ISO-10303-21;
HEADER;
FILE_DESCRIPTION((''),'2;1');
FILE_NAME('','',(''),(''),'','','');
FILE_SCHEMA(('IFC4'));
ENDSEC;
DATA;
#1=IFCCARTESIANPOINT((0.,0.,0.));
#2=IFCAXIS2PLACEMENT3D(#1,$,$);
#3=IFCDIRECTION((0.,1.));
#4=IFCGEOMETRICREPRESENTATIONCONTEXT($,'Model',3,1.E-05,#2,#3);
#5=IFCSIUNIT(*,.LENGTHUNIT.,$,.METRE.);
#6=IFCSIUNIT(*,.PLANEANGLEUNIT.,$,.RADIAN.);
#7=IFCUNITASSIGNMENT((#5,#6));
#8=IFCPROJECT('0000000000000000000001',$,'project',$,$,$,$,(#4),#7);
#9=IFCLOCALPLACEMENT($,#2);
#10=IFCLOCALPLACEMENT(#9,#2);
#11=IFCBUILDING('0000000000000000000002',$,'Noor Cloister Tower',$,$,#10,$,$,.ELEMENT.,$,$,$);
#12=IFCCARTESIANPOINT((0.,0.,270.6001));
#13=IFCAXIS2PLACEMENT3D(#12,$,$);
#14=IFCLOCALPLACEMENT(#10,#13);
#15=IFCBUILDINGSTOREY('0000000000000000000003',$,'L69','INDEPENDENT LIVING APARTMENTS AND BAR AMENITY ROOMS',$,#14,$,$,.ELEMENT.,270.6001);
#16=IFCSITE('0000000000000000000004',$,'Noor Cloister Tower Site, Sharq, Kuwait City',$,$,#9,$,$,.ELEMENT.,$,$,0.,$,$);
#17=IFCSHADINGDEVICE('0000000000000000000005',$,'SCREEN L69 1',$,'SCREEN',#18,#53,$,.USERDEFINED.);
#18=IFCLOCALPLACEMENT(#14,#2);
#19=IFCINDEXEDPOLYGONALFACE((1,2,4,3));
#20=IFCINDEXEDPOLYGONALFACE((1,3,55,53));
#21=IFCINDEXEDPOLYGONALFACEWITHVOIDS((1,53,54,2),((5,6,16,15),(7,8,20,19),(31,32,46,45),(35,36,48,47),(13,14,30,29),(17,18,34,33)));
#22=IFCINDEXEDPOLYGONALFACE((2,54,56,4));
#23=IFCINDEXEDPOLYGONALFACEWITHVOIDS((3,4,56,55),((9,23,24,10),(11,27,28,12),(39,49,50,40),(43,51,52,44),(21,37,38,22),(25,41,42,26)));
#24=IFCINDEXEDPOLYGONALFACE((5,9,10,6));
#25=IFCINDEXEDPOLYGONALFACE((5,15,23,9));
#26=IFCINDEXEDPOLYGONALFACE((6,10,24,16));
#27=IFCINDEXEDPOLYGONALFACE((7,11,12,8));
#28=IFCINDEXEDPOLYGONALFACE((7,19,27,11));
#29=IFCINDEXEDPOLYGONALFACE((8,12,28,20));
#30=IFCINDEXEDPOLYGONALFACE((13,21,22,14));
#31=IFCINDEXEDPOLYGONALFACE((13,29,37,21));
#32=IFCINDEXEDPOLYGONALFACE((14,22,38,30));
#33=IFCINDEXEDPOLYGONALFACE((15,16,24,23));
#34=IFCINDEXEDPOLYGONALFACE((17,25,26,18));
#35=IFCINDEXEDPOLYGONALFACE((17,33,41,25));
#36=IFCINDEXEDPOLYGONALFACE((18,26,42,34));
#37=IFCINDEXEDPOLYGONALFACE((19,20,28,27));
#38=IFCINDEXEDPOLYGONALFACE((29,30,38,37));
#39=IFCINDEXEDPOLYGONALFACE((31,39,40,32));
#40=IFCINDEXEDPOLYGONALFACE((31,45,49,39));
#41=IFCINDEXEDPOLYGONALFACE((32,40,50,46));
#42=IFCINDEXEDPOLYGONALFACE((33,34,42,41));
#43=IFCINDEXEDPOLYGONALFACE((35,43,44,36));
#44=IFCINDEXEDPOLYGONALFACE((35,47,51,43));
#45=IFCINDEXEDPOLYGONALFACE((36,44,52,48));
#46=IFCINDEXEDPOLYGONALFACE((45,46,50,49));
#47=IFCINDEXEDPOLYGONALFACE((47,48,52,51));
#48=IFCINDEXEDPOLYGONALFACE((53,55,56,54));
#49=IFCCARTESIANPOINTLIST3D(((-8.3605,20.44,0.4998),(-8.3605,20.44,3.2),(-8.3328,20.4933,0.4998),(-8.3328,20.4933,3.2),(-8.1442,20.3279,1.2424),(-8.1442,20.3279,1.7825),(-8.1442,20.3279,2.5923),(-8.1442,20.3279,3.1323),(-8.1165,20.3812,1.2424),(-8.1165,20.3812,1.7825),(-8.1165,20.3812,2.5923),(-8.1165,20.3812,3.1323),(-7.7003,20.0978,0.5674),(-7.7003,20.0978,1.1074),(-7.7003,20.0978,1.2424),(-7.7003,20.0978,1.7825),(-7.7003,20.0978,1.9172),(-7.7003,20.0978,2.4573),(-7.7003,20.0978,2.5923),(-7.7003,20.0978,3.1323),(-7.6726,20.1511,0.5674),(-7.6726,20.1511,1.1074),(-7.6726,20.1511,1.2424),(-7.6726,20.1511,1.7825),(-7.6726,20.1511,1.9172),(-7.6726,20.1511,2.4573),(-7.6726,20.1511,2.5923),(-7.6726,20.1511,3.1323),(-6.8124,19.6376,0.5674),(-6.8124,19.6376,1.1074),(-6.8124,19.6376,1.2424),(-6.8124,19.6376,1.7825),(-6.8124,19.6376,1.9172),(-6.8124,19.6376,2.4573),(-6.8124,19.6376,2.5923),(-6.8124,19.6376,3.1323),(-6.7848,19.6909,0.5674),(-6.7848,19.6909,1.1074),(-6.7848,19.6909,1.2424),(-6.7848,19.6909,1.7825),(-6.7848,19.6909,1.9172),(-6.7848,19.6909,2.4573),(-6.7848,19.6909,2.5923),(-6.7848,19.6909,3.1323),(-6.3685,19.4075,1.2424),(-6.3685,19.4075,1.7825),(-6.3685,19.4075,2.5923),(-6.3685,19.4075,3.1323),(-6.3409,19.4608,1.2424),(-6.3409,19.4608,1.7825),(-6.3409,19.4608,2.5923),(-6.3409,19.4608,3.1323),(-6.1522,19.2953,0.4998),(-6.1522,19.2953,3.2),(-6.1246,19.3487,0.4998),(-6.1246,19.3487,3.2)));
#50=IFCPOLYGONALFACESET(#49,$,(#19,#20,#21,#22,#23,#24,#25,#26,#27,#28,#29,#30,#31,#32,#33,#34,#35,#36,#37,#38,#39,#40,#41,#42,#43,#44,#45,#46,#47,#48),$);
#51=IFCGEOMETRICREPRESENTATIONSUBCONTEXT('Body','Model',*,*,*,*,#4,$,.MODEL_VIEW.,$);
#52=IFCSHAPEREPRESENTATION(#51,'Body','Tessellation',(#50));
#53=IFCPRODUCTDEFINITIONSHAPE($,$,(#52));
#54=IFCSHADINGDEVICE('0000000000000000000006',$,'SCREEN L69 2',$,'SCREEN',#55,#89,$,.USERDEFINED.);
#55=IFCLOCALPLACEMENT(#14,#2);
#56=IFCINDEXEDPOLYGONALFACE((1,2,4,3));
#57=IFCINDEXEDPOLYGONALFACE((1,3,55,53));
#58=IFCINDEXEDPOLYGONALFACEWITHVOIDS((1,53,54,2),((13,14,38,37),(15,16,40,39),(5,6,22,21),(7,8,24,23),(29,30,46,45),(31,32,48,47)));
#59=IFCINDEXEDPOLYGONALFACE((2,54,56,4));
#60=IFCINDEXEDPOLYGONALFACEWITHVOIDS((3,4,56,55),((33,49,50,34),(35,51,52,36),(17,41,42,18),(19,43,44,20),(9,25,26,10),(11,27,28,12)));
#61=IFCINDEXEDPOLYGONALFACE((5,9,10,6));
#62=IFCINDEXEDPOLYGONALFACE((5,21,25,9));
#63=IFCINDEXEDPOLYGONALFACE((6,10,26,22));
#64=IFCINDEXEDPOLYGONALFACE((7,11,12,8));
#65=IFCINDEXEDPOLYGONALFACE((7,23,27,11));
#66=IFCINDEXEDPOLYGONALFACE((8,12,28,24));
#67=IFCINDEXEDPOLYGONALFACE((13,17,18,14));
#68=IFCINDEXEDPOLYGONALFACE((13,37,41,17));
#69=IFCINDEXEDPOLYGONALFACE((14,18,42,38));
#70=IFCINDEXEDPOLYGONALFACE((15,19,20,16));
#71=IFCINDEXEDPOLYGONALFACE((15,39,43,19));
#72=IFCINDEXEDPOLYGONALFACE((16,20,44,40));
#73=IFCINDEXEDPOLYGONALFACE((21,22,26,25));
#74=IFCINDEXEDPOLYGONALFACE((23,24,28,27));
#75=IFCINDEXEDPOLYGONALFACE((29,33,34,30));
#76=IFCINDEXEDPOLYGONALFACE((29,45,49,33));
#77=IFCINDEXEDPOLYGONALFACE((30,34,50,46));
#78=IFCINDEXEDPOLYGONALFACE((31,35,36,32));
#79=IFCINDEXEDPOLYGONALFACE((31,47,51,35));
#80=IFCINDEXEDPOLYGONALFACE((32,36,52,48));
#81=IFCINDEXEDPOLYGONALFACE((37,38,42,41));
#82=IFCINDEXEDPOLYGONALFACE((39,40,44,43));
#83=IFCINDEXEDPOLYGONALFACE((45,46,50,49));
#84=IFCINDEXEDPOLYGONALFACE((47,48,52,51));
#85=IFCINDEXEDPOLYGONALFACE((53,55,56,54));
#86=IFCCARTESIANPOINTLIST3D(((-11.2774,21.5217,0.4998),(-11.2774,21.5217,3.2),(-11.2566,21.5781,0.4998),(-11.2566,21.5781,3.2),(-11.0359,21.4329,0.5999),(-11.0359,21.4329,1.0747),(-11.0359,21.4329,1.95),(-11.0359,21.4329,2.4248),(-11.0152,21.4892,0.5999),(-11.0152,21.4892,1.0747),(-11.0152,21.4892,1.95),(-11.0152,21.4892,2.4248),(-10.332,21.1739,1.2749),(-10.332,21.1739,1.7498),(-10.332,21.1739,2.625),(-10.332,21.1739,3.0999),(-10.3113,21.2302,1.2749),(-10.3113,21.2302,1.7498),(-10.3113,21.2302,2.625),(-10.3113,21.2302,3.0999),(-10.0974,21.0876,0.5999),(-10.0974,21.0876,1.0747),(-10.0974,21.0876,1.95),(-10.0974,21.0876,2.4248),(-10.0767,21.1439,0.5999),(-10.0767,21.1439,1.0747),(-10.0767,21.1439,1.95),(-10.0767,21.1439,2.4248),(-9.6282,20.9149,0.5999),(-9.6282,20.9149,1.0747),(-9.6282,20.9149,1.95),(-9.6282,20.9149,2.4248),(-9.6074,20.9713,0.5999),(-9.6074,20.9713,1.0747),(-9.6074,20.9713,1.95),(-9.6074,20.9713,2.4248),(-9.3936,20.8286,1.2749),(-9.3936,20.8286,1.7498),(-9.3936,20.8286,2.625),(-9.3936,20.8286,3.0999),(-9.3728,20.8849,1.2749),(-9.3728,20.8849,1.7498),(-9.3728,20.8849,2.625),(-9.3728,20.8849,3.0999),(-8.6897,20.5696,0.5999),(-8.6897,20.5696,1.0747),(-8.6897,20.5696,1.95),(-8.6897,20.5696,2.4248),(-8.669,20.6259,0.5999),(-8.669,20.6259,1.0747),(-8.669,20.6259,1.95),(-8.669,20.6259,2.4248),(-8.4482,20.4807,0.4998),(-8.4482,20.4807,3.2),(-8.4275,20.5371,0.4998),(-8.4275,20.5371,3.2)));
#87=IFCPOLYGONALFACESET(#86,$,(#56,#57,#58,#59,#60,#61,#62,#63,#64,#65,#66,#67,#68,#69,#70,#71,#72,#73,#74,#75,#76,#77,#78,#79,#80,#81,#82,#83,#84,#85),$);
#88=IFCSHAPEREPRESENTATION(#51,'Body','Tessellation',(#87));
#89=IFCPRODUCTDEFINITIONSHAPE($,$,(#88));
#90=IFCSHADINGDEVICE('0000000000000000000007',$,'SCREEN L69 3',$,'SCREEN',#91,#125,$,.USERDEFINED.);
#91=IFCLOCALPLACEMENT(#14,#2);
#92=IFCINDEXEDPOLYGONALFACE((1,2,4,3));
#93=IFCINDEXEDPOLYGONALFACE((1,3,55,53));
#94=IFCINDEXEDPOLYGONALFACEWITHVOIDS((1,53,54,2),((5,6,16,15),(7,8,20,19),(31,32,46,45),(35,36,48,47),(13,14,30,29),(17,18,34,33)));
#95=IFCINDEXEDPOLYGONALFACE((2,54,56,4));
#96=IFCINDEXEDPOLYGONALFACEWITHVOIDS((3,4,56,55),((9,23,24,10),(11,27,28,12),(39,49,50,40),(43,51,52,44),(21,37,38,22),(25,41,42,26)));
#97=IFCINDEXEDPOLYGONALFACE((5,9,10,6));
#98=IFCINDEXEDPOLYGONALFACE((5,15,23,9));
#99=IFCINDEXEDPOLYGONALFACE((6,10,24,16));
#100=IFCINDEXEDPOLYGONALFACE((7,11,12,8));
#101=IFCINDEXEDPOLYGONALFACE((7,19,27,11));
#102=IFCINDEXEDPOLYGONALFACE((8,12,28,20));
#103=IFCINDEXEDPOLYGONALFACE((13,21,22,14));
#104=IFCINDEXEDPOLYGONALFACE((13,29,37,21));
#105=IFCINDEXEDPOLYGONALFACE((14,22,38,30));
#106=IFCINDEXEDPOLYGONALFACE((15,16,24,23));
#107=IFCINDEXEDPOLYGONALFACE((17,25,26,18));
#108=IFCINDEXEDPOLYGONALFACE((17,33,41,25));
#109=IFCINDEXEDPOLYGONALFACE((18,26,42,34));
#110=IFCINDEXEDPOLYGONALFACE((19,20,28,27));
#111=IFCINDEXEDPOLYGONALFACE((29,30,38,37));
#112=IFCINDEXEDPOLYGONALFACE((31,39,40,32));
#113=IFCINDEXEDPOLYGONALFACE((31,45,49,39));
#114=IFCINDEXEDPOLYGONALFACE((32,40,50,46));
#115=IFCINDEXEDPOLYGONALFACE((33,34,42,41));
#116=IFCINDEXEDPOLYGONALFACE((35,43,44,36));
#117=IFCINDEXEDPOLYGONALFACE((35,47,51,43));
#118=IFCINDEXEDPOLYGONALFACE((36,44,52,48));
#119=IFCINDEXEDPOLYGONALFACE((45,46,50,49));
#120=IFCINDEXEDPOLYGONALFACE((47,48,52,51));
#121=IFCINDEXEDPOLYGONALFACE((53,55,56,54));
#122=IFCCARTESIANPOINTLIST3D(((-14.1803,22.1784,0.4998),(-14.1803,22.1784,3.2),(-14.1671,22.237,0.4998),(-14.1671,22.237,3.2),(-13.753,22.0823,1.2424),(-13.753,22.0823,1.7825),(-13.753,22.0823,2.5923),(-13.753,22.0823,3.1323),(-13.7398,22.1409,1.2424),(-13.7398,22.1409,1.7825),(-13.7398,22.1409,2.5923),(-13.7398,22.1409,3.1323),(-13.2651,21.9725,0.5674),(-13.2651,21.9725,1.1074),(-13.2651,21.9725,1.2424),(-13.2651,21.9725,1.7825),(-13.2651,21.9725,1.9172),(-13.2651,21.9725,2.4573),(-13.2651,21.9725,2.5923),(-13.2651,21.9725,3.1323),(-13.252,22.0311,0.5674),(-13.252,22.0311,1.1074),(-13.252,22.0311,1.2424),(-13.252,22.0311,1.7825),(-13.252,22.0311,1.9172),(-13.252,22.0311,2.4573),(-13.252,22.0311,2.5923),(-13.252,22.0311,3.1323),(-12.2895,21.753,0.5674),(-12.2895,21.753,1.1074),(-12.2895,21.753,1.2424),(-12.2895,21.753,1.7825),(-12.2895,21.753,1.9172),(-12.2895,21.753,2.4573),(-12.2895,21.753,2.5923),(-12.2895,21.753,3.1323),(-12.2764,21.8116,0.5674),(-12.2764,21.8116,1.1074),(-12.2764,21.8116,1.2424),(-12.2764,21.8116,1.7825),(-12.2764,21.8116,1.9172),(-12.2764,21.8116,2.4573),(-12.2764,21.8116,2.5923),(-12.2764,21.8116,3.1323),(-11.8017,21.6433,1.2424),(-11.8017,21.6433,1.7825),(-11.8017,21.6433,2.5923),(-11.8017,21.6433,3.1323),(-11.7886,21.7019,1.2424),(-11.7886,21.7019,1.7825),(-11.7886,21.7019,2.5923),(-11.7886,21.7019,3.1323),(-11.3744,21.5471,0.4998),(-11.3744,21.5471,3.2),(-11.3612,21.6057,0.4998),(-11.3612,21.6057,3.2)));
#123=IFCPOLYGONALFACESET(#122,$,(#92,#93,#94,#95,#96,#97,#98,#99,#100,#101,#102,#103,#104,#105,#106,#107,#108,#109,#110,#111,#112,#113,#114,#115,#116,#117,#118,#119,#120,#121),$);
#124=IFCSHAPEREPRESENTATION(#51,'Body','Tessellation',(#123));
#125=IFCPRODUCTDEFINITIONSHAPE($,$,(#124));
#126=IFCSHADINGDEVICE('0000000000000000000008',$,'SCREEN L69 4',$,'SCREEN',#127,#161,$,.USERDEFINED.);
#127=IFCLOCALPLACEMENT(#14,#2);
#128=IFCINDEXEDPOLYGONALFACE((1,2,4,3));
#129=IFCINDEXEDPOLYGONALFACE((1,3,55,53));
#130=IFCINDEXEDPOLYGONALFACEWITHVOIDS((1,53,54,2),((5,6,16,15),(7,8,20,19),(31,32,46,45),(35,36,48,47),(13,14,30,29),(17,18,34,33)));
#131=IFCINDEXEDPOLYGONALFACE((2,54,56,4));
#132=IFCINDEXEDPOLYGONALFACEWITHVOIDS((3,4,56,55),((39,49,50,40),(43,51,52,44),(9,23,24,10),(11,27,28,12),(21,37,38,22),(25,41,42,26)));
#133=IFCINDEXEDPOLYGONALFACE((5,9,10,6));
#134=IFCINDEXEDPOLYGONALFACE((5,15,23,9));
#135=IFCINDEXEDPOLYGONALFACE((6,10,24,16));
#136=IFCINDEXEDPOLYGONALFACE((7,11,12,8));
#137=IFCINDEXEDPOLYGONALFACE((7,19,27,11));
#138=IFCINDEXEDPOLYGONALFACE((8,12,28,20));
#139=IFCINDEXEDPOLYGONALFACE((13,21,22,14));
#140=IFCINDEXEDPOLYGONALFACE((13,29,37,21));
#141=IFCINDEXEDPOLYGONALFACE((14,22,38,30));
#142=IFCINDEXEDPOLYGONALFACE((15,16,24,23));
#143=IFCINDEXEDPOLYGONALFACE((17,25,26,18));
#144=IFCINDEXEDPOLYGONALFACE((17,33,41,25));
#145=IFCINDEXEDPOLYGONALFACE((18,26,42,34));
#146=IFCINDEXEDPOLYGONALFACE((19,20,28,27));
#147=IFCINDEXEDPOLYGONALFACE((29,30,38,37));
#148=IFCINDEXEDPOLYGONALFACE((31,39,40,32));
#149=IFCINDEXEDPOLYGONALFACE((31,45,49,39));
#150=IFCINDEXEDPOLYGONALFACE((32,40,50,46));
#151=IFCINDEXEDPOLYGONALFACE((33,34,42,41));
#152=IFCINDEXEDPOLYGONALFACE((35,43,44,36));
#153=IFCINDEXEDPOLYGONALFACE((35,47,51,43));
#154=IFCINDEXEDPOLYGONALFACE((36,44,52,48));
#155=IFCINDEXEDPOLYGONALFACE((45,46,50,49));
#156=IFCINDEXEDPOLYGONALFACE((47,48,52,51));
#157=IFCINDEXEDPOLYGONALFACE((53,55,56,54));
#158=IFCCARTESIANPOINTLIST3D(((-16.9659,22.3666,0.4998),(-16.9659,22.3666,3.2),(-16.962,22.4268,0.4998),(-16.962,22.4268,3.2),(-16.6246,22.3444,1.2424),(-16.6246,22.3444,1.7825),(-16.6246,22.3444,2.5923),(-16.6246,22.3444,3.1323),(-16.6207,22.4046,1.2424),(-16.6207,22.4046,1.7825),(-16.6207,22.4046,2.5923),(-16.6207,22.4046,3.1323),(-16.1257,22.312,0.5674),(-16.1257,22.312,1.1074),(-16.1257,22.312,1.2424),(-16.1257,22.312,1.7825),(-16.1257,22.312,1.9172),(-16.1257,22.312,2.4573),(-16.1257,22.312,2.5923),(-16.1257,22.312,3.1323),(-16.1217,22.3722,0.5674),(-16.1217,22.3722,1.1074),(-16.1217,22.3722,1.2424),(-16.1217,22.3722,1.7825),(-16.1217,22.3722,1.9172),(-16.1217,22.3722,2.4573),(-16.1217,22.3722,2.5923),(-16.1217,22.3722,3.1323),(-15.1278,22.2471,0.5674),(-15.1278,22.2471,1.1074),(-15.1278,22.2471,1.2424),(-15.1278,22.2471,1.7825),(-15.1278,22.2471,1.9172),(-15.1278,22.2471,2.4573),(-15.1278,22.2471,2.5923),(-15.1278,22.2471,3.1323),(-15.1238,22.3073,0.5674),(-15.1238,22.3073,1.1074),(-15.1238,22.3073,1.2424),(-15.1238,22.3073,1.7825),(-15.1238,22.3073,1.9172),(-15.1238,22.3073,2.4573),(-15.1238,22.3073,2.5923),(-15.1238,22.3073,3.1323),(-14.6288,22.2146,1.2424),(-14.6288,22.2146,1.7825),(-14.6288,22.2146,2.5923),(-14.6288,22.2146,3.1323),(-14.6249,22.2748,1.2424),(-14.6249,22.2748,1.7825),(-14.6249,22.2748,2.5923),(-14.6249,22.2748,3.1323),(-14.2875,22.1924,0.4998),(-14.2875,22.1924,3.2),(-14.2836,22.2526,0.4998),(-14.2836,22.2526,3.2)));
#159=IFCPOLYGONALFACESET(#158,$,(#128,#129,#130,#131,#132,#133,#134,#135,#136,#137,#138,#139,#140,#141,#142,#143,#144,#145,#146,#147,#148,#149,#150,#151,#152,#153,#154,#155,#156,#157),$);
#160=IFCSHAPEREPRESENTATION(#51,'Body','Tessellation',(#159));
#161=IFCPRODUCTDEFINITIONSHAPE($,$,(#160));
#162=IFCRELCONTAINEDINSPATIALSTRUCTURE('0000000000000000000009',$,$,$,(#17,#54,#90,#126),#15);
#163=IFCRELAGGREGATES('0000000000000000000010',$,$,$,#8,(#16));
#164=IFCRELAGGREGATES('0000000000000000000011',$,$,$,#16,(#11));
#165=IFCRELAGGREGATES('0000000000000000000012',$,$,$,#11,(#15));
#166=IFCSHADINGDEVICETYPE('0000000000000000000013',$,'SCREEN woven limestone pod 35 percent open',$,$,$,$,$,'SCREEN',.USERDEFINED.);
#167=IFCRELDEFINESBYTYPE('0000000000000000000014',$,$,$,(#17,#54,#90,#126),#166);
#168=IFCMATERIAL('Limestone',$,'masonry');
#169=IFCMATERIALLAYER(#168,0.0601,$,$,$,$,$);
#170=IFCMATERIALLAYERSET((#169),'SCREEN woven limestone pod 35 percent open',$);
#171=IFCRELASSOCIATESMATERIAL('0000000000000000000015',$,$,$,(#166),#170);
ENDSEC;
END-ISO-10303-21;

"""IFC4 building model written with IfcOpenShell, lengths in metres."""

from ifc_helpers import new_model, si_unit, direction, frame, origin, place, context, subcontext, project, spatial, polyline, outline, extrude, material, layer, layer_set, type_object, element, save


model = new_model("IFC4")

# Units and contexts
model_context = context("Model", 3, precision=1e-05, world=origin(), true_north=direction((0.0, 1.0)))
body_context = subcontext(model_context, "Body", "Model", "MODEL_VIEW")
ifc_project = project(units=[si_unit("LENGTHUNIT", "METRE"), si_unit("PLANEANGLEUNIT", "RADIAN")], contexts=[model_context])

# Site, building, storey
site_placement = place(None, origin())
site = spatial("IfcSite", under=ifc_project, at=site_placement, Name="Noor Cloister Tower Site, Sharq, Kuwait City", CompositionType="ELEMENT", RefElevation=0.0)
building_placement = place(site_placement, origin())
building = spatial("IfcBuilding", under=site, at=building_placement, Name="Noor Cloister Tower", CompositionType="ELEMENT")
storey_placement = place(building_placement, frame((0.0, 0.0, 270.6001)))
storey = spatial("IfcBuildingStorey", under=building, at=storey_placement, Name="L69", Description="INDEPENDENT LIVING APARTMENTS AND BAR AMENITY ROOMS", CompositionType="ELEMENT", Elevation=270.6001)

# Shading devices
ifc_material_1 = material(Name="Limestone", Category="masonry")
ifc_layer_1 = layer(ifc_material_1, 0.0601)
ifc_layer_set_1 = layer_set([ifc_layer_1], Name="SCREEN woven limestone pod 35 percent open")
shading_device_type = type_object("IfcShadingDeviceType", Name="SCREEN woven limestone pod 35 percent open", ElementType="SCREEN", PredefinedType="USERDEFINED", material=ifc_layer_set_1)
shading_device_1_placement = place(storey_placement, frame((-7.2563, 19.8677, 1.8499), z_axis=(0.460198, 0.887816, 0.0), x_axis=(-0.887816, 0.460198, 0.0)))
element("IfcShadingDevice", 1, at=shading_device_1_placement, inside=storey, type_object=shading_device_type, Name="SCREEN L69 1", ObjectType="SCREEN", PredefinedType="USERDEFINED", context=body_context, shape_type="SweptSolid", body=[
    extrude(outline(polyline([(-1.2437, -1.3501), (1.2437, -1.3501), (1.2437, 1.3501), (-1.2437, 1.3501), (-1.2437, -1.3501)]), holes=[polyline([(-0.5, -1.2825), (0.5, -1.2825), (0.5, -0.7424), (-0.5, -0.7424), (-0.5, -1.2825)]), polyline([(-1.0, -0.6074), (-0.5, -0.6074), (-0.5, -0.0674), (-1.0, -0.0674), (-1.0, -0.6074)]), polyline([(0.5, -0.6074), (1.0, -0.6074), (1.0, -0.0674), (0.5, -0.0674), (0.5, -0.6074)]), polyline([(-0.5, 0.0674), (0.5, 0.0674), (0.5, 0.6074), (-0.5, 0.6074), (-0.5, 0.0674)]), polyline([(-1.0, 0.7424), (-0.5, 0.7424), (-0.5, 1.2825), (-1.0, 1.2825), (-1.0, 0.7424)]), polyline([(0.5, 0.7424), (1.0, 0.7424), (1.0, 1.2825), (0.5, 1.2825), (0.5, 0.7424)])]), origin(), (0.0, 0.0, 1.0), 0.0601),
])
shading_device_2_placement = place(storey_placement, frame((-9.8628, 21.0012, 1.8499), z_axis=(0.345329, 0.938482, 0.0), x_axis=(-0.938482, 0.345329, 0.0)))
element("IfcShadingDevice", 2, at=shading_device_2_placement, inside=storey, type_object=shading_device_type, Name="SCREEN L69 2", ObjectType="SCREEN", PredefinedType="USERDEFINED", context=body_context, shape_type="SweptSolid", body=[
    extrude(outline(polyline([(-1.5073, -1.3501), (1.5073, -1.3501), (1.5073, 1.3501), (-1.5073, 1.3501), (-1.5073, -1.3501)]), holes=[polyline([(-1.25, -1.25), (-0.25, -1.25), (-0.25, -0.7751), (-1.25, -0.7751), (-1.25, -1.25)]), polyline([(0.25, -1.25), (1.25, -1.25), (1.25, -0.7751), (0.25, -0.7751), (0.25, -1.25)]), polyline([(-0.5, -0.575), (0.5, -0.575), (0.5, -0.1001), (-0.5, -0.1001), (-0.5, -0.575)]), polyline([(-1.25, 0.1001), (-0.25, 0.1001), (-0.25, 0.575), (-1.25, 0.575), (-1.25, 0.1001)]), polyline([(0.25, 0.1001), (1.25, 0.1001), (1.25, 0.575), (0.25, 0.575), (0.25, 0.1001)]), polyline([(-0.5, 0.7751), (0.5, 0.7751), (0.5, 1.25), (-0.5, 1.25), (-0.5, 0.7751)])]), origin(), (0.0, 0.0, 1.0), 0.0601),
])
shading_device_3_placement = place(storey_placement, frame((-12.7773, 21.8628, 1.8499), z_axis=(0.219512, 0.97561, 0.0), x_axis=(-0.97561, 0.219512, 0.0)))
element("IfcShadingDevice", 3, at=shading_device_3_placement, inside=storey, type_object=shading_device_type, Name="SCREEN L69 3", ObjectType="SCREEN", PredefinedType="USERDEFINED", context=body_context, shape_type="SweptSolid", body=[
    extrude(outline(polyline([(-1.438, -1.3501), (1.438, -1.3501), (1.438, 1.3501), (-1.438, 1.3501), (-1.438, -1.3501)]), holes=[polyline([(-0.5, -1.2825), (0.5, -1.2825), (0.5, -0.7424), (-0.5, -0.7424), (-0.5, -1.2825)]), polyline([(-1.0, -0.6074), (-0.5, -0.6074), (-0.5, -0.0674), (-1.0, -0.0674), (-1.0, -0.6074)]), polyline([(0.5, -0.6074), (1.0, -0.6074), (1.0, -0.0674), (0.5, -0.0674), (0.5, -0.6074)]), polyline([(-0.5, 0.0674), (0.5, 0.0674), (0.5, 0.6074), (-0.5, 0.6074), (-0.5, 0.0674)]), polyline([(-1.0, 0.7424), (-0.5, 0.7424), (-0.5, 1.2825), (-1.0, 1.2825), (-1.0, 0.7424)]), polyline([(0.5, 0.7424), (1.0, 0.7424), (1.0, 1.2825), (0.5, 1.2825), (0.5, 0.7424)])]), origin(), (0.0, 0.0, 1.0), 0.0601),
])
shading_device_4_placement = place(storey_placement, frame((-15.6267, 22.2795, 1.8499), z_axis=(0.064904, 0.997892, 0.0), x_axis=(-0.997892, 0.064904, 0.0)))
element("IfcShadingDevice", 4, at=shading_device_4_placement, inside=storey, type_object=shading_device_type, Name="SCREEN L69 4", ObjectType="SCREEN", PredefinedType="USERDEFINED", context=body_context, shape_type="SweptSolid", body=[
    extrude(outline(polyline([(-1.342, -1.3501), (1.342, -1.3501), (1.342, 1.3501), (-1.342, 1.3501), (-1.342, -1.3501)]), holes=[polyline([(-0.5, -1.2825), (0.5, -1.2825), (0.5, -0.7424), (-0.5, -0.7424), (-0.5, -1.2825)]), polyline([(-1.0, -0.6074), (-0.5, -0.6074), (-0.5, -0.0674), (-1.0, -0.0674), (-1.0, -0.6074)]), polyline([(0.5, -0.6074), (1.0, -0.6074), (1.0, -0.0674), (0.5, -0.0674), (0.5, -0.6074)]), polyline([(-0.5, 0.0674), (0.5, 0.0674), (0.5, 0.6074), (-0.5, 0.6074), (-0.5, 0.0674)]), polyline([(-1.0, 0.7424), (-0.5, 0.7424), (-0.5, 1.2825), (-1.0, 1.2825), (-1.0, 0.7424)]), polyline([(0.5, 0.7424), (1.0, 0.7424), (1.0, 1.2825), (0.5, 1.2825), (0.5, 0.7424)])]), origin(), (0.0, 0.0, 1.0), 0.0603),
])

save(model, "model.ifc")
